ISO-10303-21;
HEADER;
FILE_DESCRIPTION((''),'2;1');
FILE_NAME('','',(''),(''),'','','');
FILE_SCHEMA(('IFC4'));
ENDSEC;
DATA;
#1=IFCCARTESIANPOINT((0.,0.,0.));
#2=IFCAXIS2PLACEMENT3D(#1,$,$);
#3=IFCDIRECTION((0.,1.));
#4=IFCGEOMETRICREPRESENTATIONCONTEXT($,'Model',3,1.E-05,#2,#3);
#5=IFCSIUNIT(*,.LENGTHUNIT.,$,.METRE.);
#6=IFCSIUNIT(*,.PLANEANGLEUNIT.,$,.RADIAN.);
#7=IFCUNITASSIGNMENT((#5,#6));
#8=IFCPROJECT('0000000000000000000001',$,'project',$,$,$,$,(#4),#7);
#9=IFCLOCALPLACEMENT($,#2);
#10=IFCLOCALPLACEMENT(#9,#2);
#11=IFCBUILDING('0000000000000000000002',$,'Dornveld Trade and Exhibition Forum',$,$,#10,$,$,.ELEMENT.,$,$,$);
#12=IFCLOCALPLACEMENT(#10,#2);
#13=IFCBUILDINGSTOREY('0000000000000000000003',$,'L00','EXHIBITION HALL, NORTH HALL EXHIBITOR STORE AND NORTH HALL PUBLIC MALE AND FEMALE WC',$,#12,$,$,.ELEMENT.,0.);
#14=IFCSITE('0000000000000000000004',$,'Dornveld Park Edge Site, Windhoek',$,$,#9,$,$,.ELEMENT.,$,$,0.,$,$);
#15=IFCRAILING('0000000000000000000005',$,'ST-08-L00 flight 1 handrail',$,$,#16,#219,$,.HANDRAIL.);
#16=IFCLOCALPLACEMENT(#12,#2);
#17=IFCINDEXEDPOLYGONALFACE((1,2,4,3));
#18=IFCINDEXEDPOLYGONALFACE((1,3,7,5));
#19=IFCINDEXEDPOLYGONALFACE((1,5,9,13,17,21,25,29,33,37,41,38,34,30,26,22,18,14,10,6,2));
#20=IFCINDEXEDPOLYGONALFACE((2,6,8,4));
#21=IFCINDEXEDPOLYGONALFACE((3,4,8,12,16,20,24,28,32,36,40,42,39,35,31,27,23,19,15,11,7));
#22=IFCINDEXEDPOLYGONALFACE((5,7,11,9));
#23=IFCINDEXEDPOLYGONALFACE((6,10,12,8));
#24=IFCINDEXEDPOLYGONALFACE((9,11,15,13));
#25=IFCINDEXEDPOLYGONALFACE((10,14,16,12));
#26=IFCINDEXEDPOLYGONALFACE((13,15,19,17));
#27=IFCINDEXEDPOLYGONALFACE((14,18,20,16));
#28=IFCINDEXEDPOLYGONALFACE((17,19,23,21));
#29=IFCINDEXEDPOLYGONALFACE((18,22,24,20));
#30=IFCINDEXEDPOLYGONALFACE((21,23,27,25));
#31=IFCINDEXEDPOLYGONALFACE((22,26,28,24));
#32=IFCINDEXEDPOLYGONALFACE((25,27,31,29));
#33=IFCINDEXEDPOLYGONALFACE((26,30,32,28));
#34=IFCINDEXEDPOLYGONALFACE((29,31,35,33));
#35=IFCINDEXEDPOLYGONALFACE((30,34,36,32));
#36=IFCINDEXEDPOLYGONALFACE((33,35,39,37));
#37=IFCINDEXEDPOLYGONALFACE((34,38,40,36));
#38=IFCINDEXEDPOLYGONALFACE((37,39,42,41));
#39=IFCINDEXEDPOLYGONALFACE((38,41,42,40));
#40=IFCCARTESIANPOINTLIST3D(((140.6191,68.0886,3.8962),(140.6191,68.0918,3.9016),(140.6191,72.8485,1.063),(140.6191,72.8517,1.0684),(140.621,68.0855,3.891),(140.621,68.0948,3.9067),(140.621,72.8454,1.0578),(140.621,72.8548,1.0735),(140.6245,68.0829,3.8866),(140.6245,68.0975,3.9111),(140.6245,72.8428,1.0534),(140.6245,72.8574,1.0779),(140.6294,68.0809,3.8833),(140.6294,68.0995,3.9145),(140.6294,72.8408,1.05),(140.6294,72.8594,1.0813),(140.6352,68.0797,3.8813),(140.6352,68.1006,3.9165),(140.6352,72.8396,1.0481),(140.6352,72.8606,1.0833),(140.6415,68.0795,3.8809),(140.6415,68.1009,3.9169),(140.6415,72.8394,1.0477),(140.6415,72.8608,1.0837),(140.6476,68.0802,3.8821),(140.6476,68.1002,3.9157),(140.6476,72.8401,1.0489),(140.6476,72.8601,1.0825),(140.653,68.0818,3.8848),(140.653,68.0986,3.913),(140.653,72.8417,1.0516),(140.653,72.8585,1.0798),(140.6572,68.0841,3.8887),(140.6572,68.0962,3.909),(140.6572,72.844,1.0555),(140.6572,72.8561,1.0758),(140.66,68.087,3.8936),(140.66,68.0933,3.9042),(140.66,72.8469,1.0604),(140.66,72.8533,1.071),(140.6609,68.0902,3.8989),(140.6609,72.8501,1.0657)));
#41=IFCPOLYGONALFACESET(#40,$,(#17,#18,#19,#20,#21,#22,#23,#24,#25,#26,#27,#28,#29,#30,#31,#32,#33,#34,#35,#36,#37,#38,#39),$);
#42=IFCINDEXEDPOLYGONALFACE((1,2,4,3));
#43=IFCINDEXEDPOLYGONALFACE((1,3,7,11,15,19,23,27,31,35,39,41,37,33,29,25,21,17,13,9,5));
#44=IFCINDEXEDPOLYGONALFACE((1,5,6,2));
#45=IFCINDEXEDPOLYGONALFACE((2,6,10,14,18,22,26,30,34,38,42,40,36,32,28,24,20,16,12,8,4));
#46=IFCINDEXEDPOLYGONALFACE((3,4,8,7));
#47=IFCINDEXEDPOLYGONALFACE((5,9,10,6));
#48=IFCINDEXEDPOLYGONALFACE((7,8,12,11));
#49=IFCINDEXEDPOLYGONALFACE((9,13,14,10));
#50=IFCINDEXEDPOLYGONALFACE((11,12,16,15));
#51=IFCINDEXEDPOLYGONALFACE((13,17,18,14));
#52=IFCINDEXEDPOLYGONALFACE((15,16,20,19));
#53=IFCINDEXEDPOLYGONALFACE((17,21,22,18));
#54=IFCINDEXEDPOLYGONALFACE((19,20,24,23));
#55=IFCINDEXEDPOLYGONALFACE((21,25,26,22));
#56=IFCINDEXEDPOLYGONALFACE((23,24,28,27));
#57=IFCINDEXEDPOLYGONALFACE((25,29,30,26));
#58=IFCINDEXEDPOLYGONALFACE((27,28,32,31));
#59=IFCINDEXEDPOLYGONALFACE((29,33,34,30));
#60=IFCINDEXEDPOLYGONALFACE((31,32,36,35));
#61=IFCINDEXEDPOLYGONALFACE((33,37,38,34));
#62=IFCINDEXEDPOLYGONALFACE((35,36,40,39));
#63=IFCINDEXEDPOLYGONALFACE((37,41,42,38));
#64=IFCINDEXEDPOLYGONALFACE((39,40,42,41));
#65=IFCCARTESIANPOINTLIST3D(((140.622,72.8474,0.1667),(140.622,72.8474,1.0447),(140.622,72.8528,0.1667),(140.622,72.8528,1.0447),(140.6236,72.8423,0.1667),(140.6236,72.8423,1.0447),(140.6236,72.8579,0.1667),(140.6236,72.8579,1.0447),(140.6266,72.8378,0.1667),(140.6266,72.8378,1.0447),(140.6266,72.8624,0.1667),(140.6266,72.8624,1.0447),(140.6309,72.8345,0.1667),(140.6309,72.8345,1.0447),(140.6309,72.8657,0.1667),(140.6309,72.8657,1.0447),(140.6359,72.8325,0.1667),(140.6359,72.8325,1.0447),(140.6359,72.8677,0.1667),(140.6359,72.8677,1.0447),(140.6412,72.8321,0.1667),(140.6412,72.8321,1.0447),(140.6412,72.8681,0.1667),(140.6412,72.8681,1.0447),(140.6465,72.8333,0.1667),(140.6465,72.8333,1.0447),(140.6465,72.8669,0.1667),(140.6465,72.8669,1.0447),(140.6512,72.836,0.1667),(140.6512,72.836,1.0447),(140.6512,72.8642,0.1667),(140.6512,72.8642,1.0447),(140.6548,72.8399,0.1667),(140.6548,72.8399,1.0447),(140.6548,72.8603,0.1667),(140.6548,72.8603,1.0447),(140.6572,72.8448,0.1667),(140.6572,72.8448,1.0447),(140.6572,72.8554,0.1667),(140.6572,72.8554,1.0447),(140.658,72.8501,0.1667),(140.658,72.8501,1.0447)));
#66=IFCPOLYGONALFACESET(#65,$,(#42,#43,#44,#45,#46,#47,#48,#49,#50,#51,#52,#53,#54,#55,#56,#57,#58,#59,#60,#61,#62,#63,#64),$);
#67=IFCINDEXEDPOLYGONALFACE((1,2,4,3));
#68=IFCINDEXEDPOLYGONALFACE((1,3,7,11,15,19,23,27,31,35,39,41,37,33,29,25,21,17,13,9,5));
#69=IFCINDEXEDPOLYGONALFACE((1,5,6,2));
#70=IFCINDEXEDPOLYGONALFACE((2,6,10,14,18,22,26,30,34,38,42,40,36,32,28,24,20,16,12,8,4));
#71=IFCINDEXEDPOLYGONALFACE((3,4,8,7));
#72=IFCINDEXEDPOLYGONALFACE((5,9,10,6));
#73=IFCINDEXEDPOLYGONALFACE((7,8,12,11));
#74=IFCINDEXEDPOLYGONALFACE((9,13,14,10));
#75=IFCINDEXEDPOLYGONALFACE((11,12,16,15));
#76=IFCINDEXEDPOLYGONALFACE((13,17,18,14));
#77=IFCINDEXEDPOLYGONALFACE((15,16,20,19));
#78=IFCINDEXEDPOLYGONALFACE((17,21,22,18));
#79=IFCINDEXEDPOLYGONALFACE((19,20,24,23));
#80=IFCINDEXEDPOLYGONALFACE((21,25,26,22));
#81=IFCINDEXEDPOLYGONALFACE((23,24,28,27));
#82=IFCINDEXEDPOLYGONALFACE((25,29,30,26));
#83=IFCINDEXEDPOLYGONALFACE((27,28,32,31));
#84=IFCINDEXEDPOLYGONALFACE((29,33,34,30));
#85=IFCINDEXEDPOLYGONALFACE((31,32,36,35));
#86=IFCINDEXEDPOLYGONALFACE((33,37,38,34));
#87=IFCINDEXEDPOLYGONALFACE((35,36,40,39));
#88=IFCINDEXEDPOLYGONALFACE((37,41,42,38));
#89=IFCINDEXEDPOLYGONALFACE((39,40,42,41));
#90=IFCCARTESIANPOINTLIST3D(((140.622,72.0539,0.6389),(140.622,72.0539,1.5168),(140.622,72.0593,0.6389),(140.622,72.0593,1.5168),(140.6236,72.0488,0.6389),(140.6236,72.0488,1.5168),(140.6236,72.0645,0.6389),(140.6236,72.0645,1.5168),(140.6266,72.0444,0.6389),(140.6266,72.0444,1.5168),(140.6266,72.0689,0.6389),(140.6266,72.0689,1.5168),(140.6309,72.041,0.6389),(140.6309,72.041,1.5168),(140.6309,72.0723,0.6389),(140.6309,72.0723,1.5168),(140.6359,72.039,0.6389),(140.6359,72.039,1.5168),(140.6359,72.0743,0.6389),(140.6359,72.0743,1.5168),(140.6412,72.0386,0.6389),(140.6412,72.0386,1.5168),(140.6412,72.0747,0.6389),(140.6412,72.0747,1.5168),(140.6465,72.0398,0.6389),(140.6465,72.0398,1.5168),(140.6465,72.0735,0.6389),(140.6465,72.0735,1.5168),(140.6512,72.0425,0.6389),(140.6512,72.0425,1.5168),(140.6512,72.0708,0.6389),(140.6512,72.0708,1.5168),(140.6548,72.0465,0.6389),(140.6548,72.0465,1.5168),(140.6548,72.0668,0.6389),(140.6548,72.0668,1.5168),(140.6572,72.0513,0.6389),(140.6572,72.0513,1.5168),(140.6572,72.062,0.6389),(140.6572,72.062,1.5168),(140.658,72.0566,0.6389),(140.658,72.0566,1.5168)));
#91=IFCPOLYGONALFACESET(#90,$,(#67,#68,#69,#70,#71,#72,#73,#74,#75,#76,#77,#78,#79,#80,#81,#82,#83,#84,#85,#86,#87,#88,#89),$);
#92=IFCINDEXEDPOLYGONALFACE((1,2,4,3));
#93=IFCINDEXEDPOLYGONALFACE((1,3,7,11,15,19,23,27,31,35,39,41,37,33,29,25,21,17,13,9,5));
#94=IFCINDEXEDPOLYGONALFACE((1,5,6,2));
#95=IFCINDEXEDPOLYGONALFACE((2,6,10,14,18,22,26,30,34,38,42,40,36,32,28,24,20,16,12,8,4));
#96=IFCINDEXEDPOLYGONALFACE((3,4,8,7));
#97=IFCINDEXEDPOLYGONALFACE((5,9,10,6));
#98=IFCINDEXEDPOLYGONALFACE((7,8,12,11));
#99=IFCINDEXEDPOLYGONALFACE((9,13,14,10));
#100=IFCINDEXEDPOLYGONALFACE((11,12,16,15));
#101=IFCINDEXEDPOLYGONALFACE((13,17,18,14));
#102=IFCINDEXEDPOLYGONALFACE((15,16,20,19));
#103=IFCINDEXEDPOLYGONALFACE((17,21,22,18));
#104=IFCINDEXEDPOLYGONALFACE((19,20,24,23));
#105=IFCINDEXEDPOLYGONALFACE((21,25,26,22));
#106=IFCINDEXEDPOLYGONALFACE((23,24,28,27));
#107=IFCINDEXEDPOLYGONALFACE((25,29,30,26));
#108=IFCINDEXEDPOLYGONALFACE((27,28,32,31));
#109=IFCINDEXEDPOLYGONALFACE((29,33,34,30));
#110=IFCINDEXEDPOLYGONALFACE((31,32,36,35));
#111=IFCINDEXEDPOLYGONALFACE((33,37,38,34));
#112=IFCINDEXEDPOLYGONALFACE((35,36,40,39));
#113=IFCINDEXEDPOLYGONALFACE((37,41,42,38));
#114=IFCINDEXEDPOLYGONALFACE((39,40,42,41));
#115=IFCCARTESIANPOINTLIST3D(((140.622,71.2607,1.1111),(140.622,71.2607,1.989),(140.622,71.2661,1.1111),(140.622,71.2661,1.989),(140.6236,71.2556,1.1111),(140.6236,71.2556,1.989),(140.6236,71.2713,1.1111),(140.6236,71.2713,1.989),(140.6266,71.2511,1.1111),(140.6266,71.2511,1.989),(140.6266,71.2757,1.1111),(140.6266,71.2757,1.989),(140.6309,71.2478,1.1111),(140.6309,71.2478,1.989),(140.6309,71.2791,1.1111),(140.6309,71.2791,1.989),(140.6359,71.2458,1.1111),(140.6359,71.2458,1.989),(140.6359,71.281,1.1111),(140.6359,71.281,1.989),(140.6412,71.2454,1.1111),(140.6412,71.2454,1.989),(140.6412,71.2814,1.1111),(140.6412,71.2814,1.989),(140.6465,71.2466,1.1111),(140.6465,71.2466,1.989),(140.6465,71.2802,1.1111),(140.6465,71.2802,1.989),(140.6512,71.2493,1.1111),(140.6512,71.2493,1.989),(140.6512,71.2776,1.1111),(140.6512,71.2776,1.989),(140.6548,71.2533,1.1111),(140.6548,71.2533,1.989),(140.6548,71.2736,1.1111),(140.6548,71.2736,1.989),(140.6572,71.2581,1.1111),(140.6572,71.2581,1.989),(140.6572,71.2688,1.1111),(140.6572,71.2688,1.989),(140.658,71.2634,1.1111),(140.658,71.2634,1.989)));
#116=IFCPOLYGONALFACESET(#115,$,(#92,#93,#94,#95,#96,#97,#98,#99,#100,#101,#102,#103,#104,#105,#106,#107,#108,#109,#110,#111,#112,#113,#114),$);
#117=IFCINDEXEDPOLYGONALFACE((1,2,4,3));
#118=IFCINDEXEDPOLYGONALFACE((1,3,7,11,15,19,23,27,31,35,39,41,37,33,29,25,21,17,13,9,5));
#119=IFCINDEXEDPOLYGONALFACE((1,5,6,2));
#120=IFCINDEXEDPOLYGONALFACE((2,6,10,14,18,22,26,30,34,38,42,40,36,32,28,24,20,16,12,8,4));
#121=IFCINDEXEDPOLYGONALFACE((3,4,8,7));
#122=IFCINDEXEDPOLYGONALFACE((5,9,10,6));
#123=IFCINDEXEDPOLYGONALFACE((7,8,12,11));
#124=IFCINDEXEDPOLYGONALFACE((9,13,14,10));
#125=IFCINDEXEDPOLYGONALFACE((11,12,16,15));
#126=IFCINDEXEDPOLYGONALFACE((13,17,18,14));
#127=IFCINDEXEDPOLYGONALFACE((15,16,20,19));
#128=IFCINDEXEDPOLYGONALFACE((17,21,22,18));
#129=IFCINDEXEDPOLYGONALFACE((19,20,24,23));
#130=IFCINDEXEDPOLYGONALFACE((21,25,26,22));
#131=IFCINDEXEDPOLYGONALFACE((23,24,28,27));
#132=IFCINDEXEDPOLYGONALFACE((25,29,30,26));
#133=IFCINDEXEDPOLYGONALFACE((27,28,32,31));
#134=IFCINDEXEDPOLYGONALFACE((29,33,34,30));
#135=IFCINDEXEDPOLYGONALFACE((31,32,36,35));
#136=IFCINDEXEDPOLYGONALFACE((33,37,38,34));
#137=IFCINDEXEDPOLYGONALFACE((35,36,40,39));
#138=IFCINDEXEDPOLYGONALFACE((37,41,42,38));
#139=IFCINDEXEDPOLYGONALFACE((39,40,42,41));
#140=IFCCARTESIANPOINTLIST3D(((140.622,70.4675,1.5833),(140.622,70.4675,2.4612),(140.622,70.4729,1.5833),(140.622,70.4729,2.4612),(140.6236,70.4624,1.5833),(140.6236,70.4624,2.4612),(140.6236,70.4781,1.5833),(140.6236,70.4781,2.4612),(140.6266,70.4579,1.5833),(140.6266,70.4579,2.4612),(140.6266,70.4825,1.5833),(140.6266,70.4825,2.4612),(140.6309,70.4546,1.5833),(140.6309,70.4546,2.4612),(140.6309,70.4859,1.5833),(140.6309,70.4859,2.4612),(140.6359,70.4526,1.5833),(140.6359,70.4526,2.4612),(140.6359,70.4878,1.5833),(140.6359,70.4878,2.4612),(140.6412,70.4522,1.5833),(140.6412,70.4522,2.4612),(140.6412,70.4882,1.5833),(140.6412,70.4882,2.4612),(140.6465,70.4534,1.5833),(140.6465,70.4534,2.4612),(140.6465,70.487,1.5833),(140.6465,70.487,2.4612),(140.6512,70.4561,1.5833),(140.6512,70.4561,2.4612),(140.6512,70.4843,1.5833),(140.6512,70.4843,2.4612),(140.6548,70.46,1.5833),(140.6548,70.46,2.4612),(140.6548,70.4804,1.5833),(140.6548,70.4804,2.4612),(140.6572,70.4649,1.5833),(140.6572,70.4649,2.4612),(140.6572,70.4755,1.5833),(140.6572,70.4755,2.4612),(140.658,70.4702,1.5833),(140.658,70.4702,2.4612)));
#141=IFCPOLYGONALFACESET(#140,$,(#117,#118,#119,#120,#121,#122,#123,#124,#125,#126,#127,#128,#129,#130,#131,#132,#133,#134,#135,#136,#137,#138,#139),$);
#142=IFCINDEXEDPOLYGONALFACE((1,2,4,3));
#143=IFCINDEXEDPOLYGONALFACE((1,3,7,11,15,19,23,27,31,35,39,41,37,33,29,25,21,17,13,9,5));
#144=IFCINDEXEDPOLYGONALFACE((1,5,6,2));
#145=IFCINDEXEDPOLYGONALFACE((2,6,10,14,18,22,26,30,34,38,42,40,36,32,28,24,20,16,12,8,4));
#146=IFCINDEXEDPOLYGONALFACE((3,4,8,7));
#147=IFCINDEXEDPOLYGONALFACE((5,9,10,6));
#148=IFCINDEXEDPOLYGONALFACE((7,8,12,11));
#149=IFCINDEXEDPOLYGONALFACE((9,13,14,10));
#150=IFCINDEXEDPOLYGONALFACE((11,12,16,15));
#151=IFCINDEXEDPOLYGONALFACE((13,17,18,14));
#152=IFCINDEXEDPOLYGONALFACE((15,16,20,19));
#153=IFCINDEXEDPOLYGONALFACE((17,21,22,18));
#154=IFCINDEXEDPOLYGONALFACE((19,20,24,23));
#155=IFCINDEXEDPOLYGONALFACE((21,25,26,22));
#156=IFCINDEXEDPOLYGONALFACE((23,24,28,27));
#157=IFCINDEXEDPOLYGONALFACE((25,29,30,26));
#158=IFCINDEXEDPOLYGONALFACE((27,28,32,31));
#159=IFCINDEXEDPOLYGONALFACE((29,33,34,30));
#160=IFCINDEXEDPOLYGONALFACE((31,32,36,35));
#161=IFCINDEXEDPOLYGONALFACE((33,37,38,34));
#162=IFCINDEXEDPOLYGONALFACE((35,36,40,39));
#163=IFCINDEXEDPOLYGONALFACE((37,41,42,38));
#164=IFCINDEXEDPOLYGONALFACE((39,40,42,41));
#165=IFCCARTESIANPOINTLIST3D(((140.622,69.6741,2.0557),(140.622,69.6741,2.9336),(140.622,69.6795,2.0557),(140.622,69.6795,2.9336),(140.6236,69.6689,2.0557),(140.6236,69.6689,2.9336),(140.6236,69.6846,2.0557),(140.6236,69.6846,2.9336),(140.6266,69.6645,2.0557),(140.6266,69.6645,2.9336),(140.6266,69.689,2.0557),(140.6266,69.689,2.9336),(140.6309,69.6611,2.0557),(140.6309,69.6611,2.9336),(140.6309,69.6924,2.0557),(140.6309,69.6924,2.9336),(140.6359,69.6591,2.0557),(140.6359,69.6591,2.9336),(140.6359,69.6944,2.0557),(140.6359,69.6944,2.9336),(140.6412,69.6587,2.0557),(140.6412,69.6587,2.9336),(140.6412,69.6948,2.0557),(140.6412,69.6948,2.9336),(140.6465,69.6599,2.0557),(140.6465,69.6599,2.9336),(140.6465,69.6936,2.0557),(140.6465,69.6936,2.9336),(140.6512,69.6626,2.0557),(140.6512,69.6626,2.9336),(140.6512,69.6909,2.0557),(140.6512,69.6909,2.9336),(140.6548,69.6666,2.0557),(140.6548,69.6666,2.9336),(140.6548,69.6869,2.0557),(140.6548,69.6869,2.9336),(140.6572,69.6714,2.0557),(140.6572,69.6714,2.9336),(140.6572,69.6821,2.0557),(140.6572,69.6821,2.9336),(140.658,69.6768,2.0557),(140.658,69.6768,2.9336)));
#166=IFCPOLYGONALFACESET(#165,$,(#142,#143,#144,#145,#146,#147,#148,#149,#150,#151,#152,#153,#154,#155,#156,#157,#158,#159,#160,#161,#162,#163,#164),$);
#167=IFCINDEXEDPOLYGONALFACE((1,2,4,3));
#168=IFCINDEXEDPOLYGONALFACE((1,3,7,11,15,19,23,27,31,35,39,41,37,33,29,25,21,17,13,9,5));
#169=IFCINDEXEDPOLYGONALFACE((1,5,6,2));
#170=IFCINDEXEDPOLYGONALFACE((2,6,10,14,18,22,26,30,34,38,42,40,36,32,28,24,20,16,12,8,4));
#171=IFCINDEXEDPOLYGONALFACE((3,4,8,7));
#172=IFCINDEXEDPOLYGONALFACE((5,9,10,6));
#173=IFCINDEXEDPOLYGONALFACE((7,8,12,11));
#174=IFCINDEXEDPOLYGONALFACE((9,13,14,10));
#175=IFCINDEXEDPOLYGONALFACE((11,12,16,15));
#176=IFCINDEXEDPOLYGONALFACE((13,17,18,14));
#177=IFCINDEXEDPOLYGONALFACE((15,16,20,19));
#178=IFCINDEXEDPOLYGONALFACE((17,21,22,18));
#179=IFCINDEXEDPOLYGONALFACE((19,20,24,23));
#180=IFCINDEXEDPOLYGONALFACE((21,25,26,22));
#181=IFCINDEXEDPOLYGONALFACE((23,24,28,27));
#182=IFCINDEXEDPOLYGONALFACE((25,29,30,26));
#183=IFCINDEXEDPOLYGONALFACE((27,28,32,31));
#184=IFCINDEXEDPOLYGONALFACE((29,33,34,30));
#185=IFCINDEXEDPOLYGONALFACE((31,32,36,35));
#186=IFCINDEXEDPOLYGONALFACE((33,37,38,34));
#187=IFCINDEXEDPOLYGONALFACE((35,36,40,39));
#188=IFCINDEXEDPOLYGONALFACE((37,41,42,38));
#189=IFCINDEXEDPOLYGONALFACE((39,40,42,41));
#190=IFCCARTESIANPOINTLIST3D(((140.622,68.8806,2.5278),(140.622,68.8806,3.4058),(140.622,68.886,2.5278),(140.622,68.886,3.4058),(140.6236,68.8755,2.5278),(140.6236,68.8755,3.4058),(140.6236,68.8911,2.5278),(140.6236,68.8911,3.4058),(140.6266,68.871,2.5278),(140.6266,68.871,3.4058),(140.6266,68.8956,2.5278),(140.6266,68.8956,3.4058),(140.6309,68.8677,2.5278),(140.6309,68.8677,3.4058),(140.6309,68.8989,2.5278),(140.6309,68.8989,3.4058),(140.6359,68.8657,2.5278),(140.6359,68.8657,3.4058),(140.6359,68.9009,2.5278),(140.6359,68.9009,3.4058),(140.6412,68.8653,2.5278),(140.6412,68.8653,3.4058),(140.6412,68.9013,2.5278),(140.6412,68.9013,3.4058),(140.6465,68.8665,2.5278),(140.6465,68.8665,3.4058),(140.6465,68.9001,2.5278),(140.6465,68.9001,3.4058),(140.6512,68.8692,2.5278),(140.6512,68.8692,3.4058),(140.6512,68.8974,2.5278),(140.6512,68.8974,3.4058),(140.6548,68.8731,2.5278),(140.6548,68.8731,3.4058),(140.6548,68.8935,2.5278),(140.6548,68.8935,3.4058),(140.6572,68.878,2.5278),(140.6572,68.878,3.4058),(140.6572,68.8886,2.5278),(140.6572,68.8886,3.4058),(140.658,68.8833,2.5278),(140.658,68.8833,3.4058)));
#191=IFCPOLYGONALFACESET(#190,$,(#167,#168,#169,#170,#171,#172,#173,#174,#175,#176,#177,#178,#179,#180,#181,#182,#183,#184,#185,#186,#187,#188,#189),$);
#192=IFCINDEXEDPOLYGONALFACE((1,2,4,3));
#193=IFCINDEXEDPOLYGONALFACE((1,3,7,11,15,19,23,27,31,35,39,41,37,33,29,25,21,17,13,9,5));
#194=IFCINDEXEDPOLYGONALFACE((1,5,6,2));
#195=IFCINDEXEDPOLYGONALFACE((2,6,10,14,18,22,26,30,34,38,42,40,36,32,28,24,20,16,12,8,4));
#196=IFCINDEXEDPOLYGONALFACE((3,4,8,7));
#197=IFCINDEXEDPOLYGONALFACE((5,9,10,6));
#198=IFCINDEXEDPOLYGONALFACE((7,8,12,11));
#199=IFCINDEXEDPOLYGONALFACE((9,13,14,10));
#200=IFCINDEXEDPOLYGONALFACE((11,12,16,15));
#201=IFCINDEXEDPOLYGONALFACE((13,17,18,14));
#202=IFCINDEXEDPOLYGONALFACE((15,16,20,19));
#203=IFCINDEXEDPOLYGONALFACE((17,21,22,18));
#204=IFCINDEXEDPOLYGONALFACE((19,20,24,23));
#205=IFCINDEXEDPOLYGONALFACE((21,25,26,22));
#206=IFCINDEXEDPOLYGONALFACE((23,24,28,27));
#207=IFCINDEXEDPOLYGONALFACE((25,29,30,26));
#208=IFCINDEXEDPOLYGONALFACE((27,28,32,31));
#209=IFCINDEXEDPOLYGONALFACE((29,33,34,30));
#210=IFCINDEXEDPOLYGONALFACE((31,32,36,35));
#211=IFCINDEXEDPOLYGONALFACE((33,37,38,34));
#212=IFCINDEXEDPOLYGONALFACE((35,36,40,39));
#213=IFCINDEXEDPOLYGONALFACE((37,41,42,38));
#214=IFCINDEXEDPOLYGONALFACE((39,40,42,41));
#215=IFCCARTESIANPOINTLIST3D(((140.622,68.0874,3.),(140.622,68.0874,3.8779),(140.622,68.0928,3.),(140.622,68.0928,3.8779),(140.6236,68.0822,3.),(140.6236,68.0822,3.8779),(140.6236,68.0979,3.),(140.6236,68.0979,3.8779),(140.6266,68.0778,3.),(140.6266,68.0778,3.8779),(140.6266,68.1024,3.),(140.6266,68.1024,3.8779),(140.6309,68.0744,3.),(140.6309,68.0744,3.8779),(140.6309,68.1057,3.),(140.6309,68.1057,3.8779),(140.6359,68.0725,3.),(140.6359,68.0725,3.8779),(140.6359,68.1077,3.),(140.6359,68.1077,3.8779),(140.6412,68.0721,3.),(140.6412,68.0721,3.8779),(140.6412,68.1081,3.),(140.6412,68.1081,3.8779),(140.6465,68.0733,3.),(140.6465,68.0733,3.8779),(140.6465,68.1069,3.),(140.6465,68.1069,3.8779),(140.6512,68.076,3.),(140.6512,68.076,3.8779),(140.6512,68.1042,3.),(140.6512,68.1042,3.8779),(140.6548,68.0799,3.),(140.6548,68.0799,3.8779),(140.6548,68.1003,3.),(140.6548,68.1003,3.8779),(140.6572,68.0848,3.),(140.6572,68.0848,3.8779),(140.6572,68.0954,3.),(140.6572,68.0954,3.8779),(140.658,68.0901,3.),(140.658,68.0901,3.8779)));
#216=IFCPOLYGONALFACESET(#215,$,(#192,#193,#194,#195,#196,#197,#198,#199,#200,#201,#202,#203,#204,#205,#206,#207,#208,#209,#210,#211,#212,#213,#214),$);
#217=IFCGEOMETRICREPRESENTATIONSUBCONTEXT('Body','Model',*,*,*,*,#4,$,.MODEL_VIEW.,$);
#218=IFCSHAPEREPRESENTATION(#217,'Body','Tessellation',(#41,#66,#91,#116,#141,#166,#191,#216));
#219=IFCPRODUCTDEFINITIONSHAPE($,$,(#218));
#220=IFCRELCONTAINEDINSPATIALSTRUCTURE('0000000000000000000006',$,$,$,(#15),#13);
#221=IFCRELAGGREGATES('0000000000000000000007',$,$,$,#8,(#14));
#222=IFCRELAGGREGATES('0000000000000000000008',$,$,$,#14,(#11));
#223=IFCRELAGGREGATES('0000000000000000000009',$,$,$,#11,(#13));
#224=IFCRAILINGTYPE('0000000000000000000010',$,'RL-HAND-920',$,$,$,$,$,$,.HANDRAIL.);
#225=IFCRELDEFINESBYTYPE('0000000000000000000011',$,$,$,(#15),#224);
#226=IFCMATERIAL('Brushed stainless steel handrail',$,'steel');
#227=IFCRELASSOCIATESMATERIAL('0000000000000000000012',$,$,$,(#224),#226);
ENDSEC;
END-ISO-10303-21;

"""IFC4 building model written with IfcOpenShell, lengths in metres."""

from ifc_helpers import new_model, si_unit, direction, frame, origin, origin_2d, place, context, subcontext, project, spatial, circle, extrude, material, type_object, element, save


model = new_model("IFC4")

# Units and contexts
model_context = context("Model", 3, precision=1e-05, world=origin(), true_north=direction((0.0, 1.0)))
body_context = subcontext(model_context, "Body", "Model", "MODEL_VIEW")
ifc_project = project(units=[si_unit("LENGTHUNIT", "METRE"), si_unit("PLANEANGLEUNIT", "RADIAN")], contexts=[model_context])

# Site, building, storey
site_placement = place(None, origin())
site = spatial("IfcSite", under=ifc_project, at=site_placement, Name="Dornveld Park Edge Site, Windhoek", CompositionType="ELEMENT", RefElevation=0.0)
building_placement = place(site_placement, origin())
building = spatial("IfcBuilding", under=site, at=building_placement, Name="Dornveld Trade and Exhibition Forum", CompositionType="ELEMENT")
storey_placement = place(building_placement, origin())
storey = spatial("IfcBuildingStorey", under=building, at=storey_placement, Name="L00", Description="EXHIBITION HALL, NORTH HALL EXHIBITOR STORE AND NORTH HALL PUBLIC MALE AND FEMALE WC", CompositionType="ELEMENT", Elevation=0.0)

# Railing
ifc_material_1 = material(Name="Brushed stainless steel handrail", Category="steel")
railing_type_1 = type_object("IfcRailingType", Name="RL-HAND-920", PredefinedType="HANDRAIL", material=ifc_material_1)
railing_1_placement = place(storey_placement, frame((140.6399, 72.8501, 0.1667)))
element("IfcRailing", 1, at=railing_1_placement, inside=storey, type_object=railing_type_1, Name="ST-08-L00 flight 1 handrail", PredefinedType="HANDRAIL", context=body_context, shape_type="SweptSolid", body=[
    extrude(circle(Radius=0.021, at=origin_2d()), frame((0.0, 0.0, 0.8989), z_axis=(0.0, -0.8593, 0.511472), x_axis=(1.0, 0.0, 0.0)), (0.0, 0.0, 1.0), 5.5393),
    extrude(circle(Radius=0.0181, at=origin_2d()), origin(), (0.0, 0.0, 1.0), 0.8779),
    extrude(circle(Radius=0.0181, at=origin_2d()), frame((0.0, -0.7935, 0.4722)), (0.0, 0.0, 1.0), 0.8779),
    extrude(circle(Radius=0.0181, at=origin_2d()), frame((0.0, -1.5867, 0.9443)), (0.0, 0.0, 1.0), 0.8779),
    extrude(circle(Radius=0.0181, at=origin_2d()), frame((0.0, -2.3799, 1.4165)), (0.0, 0.0, 1.0), 0.8779),
    extrude(circle(Radius=0.0181, at=origin_2d()), frame((0.0, -3.1733, 1.8889)), (0.0, 0.0, 1.0), 0.8779),
    extrude(circle(Radius=0.0181, at=origin_2d()), frame((0.0, -3.9668, 2.3611)), (0.0, 0.0, 1.0), 0.8779),
    extrude(circle(Radius=0.0181, at=origin_2d()), frame((0.0, -4.76, 2.8333)), (0.0, 0.0, 1.0), 0.8779),
])

save(model, "model.ifc")
